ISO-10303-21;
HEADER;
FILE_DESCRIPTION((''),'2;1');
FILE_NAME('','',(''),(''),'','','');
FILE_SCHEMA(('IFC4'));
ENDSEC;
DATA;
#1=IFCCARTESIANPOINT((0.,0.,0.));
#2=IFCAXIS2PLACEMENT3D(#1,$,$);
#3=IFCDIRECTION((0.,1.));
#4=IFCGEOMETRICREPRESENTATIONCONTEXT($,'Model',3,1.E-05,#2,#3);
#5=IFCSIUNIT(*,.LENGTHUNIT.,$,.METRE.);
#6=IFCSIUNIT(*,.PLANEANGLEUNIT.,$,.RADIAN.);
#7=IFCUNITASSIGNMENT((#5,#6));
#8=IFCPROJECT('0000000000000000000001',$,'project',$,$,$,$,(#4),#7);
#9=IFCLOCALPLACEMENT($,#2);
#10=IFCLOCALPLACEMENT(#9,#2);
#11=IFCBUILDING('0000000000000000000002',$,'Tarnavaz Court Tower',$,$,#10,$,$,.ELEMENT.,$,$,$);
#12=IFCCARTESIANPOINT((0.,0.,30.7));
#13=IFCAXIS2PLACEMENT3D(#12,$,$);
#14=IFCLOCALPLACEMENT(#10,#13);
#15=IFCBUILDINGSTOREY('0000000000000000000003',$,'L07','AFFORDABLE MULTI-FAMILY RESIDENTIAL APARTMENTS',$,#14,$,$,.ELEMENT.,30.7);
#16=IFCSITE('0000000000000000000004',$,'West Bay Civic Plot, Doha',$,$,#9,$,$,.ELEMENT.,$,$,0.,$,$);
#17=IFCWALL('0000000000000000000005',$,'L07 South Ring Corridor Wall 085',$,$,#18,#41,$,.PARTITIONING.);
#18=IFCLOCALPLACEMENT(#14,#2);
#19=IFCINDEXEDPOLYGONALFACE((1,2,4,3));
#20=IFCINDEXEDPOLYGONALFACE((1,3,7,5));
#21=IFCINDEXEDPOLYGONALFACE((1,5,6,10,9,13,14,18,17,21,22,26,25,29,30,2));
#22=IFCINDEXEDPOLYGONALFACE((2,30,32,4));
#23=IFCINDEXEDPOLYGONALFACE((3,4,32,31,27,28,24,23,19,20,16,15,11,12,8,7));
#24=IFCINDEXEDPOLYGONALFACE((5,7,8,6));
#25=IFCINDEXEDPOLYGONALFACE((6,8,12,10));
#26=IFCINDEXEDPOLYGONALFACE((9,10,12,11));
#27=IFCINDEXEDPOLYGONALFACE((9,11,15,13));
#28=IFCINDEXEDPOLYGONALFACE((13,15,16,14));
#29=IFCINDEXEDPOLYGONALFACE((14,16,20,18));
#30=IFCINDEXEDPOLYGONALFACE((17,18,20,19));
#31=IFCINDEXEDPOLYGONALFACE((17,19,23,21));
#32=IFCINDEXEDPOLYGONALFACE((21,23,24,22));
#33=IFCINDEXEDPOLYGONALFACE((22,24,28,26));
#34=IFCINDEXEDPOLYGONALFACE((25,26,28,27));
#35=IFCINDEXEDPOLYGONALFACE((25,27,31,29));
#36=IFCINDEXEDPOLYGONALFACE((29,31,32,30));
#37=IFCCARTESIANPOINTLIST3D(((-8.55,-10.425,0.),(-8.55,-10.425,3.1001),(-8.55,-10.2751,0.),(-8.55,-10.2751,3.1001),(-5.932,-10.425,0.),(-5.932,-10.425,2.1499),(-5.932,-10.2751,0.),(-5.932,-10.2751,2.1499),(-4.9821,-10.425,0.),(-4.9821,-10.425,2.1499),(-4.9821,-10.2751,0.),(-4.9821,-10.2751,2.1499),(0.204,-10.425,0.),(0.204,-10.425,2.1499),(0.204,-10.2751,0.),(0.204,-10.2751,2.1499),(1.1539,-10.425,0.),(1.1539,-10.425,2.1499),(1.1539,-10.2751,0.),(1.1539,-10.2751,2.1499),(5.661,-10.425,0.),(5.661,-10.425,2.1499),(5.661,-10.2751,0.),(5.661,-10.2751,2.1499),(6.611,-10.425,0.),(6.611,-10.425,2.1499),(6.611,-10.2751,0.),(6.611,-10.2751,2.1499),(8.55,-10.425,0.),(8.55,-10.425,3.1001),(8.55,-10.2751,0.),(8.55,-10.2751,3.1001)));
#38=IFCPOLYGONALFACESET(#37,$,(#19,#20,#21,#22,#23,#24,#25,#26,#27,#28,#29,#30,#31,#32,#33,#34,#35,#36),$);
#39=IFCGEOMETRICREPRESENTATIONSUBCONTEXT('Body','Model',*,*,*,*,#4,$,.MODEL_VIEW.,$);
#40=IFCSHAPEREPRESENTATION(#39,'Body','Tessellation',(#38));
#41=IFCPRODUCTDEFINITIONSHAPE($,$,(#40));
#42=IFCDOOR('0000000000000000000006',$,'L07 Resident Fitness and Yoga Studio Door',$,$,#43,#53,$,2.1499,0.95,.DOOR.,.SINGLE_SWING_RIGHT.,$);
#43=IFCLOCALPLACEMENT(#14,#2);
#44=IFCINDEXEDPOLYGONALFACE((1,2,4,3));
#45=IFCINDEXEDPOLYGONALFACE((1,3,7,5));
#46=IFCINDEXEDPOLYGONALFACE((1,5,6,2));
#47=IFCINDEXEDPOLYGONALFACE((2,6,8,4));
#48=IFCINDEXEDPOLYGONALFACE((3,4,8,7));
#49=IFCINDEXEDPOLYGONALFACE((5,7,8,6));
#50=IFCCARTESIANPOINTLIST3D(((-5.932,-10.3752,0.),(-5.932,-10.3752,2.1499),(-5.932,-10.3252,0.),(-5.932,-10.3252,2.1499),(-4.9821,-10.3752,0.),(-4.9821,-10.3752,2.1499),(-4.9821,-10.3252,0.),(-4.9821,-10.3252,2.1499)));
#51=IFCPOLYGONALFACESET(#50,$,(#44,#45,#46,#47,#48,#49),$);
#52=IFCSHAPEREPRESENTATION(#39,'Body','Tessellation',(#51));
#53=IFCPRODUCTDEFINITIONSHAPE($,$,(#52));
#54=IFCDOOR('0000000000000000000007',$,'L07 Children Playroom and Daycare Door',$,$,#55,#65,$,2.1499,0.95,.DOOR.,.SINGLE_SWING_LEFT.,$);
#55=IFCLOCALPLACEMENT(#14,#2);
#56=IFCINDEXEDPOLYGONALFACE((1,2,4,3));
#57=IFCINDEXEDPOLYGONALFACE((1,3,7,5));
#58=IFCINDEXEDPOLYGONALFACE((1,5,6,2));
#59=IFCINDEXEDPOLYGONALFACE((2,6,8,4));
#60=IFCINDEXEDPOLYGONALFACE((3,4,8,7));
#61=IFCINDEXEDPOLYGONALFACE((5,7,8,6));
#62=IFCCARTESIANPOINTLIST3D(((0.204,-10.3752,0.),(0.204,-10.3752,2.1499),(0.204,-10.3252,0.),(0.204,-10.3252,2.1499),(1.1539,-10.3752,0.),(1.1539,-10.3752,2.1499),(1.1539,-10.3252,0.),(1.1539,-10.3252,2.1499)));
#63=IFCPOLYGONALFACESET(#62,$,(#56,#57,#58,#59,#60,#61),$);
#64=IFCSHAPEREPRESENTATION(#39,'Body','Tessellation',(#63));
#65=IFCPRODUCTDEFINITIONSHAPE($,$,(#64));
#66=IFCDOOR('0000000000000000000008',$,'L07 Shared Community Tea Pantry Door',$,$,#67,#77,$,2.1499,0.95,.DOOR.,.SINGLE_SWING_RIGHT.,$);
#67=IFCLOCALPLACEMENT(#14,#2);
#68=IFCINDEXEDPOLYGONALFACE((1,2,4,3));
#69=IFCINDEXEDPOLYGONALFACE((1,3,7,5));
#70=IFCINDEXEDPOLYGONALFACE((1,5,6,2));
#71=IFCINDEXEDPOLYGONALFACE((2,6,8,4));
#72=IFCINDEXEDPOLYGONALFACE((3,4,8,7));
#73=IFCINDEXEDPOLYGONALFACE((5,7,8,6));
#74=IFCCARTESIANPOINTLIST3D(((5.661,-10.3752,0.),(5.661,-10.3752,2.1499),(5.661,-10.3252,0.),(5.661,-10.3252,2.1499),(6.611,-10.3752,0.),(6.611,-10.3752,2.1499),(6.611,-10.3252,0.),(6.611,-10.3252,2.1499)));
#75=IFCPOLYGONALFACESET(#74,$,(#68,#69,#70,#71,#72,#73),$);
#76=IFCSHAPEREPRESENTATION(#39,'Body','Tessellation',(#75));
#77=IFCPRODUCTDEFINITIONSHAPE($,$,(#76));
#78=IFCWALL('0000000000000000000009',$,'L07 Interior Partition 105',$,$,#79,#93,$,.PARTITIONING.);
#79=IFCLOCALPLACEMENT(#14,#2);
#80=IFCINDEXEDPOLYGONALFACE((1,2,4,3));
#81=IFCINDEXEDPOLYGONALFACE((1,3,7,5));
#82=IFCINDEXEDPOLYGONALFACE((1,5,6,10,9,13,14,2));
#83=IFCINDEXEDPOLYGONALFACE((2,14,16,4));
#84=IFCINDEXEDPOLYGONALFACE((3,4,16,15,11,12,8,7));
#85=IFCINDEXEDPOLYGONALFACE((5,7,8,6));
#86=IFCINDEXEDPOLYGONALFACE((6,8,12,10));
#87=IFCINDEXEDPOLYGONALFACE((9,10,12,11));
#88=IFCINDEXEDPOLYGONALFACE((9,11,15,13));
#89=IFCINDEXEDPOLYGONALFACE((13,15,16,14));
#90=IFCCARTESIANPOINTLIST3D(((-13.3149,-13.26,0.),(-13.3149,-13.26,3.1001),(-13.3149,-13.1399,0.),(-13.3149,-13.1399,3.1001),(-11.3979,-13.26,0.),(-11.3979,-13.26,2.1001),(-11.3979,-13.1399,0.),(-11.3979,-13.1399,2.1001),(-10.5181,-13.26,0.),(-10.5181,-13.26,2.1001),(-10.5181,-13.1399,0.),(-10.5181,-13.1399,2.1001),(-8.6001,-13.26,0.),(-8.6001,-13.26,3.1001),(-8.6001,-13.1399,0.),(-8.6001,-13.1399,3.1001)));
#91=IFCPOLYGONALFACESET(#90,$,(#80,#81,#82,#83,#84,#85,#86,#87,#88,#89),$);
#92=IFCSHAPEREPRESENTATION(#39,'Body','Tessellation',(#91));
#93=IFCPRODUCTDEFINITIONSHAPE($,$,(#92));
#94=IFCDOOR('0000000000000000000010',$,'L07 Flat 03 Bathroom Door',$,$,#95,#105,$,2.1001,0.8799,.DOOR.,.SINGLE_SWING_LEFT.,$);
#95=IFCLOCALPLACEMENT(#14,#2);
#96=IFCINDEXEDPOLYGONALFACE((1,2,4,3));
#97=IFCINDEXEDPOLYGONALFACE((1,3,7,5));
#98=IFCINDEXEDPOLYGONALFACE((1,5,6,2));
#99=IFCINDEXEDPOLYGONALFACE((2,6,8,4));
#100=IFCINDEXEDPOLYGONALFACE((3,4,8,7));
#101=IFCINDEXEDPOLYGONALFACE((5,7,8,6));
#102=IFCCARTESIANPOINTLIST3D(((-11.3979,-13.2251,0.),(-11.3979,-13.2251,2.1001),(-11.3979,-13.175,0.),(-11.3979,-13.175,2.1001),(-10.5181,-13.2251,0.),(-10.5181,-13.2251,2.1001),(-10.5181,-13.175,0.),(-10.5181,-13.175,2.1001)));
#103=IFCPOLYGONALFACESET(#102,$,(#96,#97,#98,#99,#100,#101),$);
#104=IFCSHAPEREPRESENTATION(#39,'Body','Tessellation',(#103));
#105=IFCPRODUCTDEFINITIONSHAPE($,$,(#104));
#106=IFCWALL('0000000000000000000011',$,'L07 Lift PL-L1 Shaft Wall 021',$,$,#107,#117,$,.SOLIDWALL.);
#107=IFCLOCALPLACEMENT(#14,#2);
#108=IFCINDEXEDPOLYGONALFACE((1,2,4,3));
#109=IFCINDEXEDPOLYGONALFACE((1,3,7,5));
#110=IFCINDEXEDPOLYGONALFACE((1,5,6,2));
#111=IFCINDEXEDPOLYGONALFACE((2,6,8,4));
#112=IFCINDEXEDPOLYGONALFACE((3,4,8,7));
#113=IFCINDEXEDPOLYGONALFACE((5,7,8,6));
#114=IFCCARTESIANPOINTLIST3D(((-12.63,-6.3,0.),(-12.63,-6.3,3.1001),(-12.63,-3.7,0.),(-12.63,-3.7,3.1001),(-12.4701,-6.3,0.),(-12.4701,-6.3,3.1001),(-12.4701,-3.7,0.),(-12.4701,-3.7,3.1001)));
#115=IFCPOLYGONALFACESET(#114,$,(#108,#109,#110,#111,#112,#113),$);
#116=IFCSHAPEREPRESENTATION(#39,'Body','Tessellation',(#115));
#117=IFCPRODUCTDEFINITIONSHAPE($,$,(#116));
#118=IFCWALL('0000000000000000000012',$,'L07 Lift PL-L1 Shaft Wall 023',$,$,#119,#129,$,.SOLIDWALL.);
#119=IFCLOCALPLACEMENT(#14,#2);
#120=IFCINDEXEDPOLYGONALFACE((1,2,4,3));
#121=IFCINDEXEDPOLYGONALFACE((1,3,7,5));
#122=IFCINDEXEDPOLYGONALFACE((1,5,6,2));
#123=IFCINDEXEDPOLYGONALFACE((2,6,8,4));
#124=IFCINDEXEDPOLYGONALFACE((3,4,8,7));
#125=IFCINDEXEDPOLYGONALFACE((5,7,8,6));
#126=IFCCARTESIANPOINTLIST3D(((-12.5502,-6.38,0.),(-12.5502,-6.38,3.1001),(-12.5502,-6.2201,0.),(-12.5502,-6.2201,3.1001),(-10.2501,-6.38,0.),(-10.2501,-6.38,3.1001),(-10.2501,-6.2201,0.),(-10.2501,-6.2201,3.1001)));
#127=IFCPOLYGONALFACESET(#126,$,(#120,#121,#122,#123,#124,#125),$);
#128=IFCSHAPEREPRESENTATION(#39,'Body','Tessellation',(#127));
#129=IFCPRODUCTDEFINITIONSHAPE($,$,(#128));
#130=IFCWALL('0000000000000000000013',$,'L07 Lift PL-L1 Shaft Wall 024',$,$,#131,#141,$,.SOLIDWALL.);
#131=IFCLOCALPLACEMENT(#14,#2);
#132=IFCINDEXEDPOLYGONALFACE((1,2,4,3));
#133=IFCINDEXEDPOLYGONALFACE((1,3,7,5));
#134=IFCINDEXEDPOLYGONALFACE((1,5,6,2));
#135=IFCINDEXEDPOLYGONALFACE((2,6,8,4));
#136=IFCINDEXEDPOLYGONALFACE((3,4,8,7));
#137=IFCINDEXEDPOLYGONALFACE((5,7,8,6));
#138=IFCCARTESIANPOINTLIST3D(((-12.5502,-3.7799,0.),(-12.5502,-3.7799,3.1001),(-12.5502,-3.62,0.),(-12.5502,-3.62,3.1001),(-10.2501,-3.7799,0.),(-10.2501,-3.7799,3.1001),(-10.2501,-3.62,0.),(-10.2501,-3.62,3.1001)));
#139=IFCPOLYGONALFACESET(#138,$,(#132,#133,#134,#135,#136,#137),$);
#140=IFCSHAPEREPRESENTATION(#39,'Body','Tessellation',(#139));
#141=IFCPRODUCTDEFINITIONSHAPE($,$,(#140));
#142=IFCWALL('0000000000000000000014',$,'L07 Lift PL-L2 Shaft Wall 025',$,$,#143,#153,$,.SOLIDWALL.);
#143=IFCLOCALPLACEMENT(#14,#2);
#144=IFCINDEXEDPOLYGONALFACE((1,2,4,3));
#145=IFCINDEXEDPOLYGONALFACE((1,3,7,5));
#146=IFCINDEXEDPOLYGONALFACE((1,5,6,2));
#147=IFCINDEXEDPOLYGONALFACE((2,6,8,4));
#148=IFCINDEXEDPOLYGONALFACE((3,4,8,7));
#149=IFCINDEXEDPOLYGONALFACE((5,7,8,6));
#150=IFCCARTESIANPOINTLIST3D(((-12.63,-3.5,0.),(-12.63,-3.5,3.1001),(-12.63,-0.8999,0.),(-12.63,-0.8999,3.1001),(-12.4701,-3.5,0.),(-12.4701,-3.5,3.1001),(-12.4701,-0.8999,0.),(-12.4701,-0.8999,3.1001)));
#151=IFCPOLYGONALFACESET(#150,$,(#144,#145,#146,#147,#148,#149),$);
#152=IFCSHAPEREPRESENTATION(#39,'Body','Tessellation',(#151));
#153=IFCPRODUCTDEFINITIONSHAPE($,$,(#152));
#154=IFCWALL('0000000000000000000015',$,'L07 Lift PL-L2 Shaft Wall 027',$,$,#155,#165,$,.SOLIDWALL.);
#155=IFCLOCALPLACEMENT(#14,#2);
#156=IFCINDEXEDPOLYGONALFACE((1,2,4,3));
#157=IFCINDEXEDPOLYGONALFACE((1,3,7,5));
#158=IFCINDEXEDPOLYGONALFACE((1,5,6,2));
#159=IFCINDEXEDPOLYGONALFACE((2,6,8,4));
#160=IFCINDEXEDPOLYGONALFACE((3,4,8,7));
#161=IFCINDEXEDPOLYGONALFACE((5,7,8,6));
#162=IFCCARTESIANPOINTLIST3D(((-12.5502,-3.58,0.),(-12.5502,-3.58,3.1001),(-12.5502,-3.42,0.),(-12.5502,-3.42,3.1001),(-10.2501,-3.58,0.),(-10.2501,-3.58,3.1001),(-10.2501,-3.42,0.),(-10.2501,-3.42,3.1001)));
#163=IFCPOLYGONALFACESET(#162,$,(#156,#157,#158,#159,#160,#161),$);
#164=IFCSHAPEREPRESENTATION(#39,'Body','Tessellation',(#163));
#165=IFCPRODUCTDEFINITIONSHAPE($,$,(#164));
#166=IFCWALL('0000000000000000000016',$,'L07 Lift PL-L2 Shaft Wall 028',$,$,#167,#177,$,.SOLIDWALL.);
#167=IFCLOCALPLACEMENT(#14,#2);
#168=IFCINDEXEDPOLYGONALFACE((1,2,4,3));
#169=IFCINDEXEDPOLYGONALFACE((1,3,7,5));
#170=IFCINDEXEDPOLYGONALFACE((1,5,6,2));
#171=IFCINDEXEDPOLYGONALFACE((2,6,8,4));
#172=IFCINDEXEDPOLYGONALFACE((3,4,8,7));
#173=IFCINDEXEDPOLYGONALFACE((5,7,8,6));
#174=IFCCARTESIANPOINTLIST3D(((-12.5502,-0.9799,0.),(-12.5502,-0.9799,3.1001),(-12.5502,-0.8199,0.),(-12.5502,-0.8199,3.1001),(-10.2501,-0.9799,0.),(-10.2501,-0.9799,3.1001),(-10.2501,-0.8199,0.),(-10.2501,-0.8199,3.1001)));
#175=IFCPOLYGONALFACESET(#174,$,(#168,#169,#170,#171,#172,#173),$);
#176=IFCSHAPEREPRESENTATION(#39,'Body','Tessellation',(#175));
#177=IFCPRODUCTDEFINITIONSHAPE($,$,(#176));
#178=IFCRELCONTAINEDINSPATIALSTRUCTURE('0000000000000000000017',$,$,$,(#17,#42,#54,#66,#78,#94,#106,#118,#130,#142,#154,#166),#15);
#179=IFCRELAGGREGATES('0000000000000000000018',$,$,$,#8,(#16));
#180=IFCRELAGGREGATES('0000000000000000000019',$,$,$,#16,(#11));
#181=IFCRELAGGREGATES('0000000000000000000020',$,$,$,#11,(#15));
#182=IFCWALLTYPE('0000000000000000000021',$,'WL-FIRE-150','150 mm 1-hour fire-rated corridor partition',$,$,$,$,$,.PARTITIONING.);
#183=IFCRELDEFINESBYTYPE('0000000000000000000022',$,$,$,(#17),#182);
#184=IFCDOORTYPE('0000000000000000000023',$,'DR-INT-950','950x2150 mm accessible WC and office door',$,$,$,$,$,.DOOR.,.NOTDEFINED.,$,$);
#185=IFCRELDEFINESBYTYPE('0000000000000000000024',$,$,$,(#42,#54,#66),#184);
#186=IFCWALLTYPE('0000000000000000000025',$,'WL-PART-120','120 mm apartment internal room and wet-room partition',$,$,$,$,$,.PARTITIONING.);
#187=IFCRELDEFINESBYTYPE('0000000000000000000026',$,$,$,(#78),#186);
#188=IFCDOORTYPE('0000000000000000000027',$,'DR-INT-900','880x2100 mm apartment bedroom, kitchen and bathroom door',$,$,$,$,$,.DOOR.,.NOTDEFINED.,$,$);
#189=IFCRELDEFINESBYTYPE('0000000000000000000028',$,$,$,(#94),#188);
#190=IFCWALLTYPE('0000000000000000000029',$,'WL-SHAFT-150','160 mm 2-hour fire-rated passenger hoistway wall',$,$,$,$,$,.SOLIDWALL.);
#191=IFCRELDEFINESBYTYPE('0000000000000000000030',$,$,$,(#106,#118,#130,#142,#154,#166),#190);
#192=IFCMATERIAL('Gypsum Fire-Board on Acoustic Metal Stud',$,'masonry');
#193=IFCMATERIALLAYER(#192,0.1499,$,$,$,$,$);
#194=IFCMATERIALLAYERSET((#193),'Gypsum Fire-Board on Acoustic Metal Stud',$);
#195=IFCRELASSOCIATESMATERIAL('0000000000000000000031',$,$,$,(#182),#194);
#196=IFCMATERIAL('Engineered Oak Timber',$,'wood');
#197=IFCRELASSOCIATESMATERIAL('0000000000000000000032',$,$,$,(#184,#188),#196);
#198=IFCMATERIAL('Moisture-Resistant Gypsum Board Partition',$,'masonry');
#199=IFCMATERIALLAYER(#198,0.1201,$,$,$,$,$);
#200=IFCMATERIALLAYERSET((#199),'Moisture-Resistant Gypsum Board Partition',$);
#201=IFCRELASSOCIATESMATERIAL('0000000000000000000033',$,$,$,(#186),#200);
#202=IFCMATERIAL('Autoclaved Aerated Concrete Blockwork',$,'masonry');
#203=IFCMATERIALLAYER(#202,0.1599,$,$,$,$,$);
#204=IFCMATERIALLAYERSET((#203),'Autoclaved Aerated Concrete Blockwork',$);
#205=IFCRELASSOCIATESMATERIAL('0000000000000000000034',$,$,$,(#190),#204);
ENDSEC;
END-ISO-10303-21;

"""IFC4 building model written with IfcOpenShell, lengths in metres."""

from ifc_helpers import new_model, si_unit, direction, frame, frame_2d, origin, place, context, subcontext, project, spatial, rectangle, extrude, material, layer, layer_set, type_object, element, fill, save


model = new_model("IFC4")

# Units and contexts
model_context = context("Model", 3, precision=1e-05, world=origin(), true_north=direction((0.0, 1.0)))
body_context = subcontext(model_context, "Body", "Model", "MODEL_VIEW")
ifc_project = project(units=[si_unit("LENGTHUNIT", "METRE"), si_unit("PLANEANGLEUNIT", "RADIAN")], contexts=[model_context])

# Site, building, storey
site_placement = place(None, origin())
site = spatial("IfcSite", under=ifc_project, at=site_placement, Name="West Bay Civic Plot, Doha", CompositionType="ELEMENT", RefElevation=0.0)
building_placement = place(site_placement, origin())
building = spatial("IfcBuilding", under=site, at=building_placement, Name="Tarnavaz Court Tower", CompositionType="ELEMENT")
storey_placement = place(building_placement, frame((0.0, 0.0, 30.7)))
storey = spatial("IfcBuildingStorey", under=building, at=storey_placement, Name="L07", Description="AFFORDABLE MULTI-FAMILY RESIDENTIAL APARTMENTS", CompositionType="ELEMENT", Elevation=30.7)

# Wall, openings, doors
ifc_material_1 = material(Name="Gypsum Fire-Board on Acoustic Metal Stud", Category="masonry")
ifc_layer_1 = layer(ifc_material_1, 0.1499)
ifc_layer_set_1 = layer_set([ifc_layer_1], Name="Gypsum Fire-Board on Acoustic Metal Stud")
wall_type_1 = type_object("IfcWallType", Name="WL-FIRE-150", Description="150 mm 1-hour fire-rated corridor partition", PredefinedType="PARTITIONING", material=ifc_layer_set_1)
wall_1_placement = place(storey_placement, frame((-8.55, -10.3501, 0.0), z_axis=(0.0, 0.0, 1.0), x_axis=(1.0, 0.0, 0.0)))
wall_1 = element("IfcWall", 1, at=wall_1_placement, inside=storey, type_object=wall_type_1, Name="L07 South Ring Corridor Wall 085", PredefinedType="PARTITIONING", context=body_context, shape_type="SweptSolid", body=[
    extrude(rectangle(XDim=17.1001, YDim=0.1499, at=frame_2d((8.55, 0.0))), origin(), (0.0, 0.0, 1.0), 3.1001),
])
opening_1_placement = place(wall_1_placement, frame((2.6179, 0.0, 0.0)))
opening_1 = element("IfcOpeningElement", 2, at=opening_1_placement, cuts=wall_1, PredefinedType="OPENING", context=body_context, shape_type="SweptSolid", body=[
    extrude(rectangle(XDim=0.95, YDim=2.1499, at=frame_2d((0.4751, 1.075))), frame((0.0, 0.085, 0.0), z_axis=(0.0, -1.0, 0.0), x_axis=(1.0, 0.0, 0.0)), (0.0, 0.0, 1.0), 0.1699),
])
opening_2_placement = place(wall_1_placement, frame((8.7539, 0.0, 0.0)))
opening_2 = element("IfcOpeningElement", 3, at=opening_2_placement, cuts=wall_1, PredefinedType="OPENING", context=body_context, shape_type="SweptSolid", body=[
    extrude(rectangle(XDim=0.95, YDim=2.1499, at=frame_2d((0.4751, 1.075))), frame((0.0, 0.085, 0.0), z_axis=(0.0, -1.0, 0.0), x_axis=(1.0, 0.0, 0.0)), (0.0, 0.0, 1.0), 0.1699),
])
opening_3_placement = place(wall_1_placement, frame((14.2109, 0.0, 0.0)))
opening_3 = element("IfcOpeningElement", 4, at=opening_3_placement, cuts=wall_1, PredefinedType="OPENING", context=body_context, shape_type="SweptSolid", body=[
    extrude(rectangle(XDim=0.95, YDim=2.1499, at=frame_2d((0.4751, 1.075))), frame((0.0, 0.085, 0.0), z_axis=(0.0, -1.0, 0.0), x_axis=(1.0, 0.0, 0.0)), (0.0, 0.0, 1.0), 0.1699),
])
ifc_material_2 = material(Name="Engineered Oak Timber", Category="wood")
door_type_1 = type_object("IfcDoorType", Name="DR-INT-950", Description="950x2150 mm accessible WC and office door", OperationType="NOTDEFINED", PredefinedType="DOOR", material=ifc_material_2)
door_1_placement = place(opening_1_placement, origin())
door_1 = element("IfcDoor", 5, at=door_1_placement, inside=storey, type_object=door_type_1, Name="L07 Resident Fitness and Yoga Studio Door", OperationType="SINGLE_SWING_RIGHT", OverallHeight=2.1499, OverallWidth=0.95, PredefinedType="DOOR", context=body_context, shape_type="SweptSolid", body=[
    extrude(rectangle(XDim=0.95, YDim=2.1499, at=frame_2d((0.4751, 1.075))), frame((0.0, 0.0249, 0.0), z_axis=(0.0, -1.0, 0.0), x_axis=(1.0, 0.0, 0.0)), (0.0, 0.0, 1.0), 0.05),
])
fill(opening_1, door_1)
door_2_placement = place(opening_2_placement, origin())
door_2 = element("IfcDoor", 6, at=door_2_placement, inside=storey, type_object=door_type_1, Name="L07 Children Playroom and Daycare Door", OperationType="SINGLE_SWING_LEFT", OverallHeight=2.1499, OverallWidth=0.95, PredefinedType="DOOR", context=body_context, shape_type="SweptSolid", body=[
    extrude(rectangle(XDim=0.95, YDim=2.1499, at=frame_2d((0.4751, 1.075))), frame((0.0, 0.0249, 0.0), z_axis=(0.0, -1.0, 0.0), x_axis=(1.0, 0.0, 0.0)), (0.0, 0.0, 1.0), 0.05),
])
fill(opening_2, door_2)
door_3_placement = place(opening_3_placement, origin())
door_3 = element("IfcDoor", 7, at=door_3_placement, inside=storey, type_object=door_type_1, Name="L07 Shared Community Tea Pantry Door", OperationType="SINGLE_SWING_RIGHT", OverallHeight=2.1499, OverallWidth=0.95, PredefinedType="DOOR", context=body_context, shape_type="SweptSolid", body=[
    extrude(rectangle(XDim=0.95, YDim=2.1499, at=frame_2d((0.4751, 1.075))), frame((0.0, 0.0249, 0.0), z_axis=(0.0, -1.0, 0.0), x_axis=(1.0, 0.0, 0.0)), (0.0, 0.0, 1.0), 0.05),
])
fill(opening_3, door_3)

# Wall, opening, door
ifc_material_3 = material(Name="Moisture-Resistant Gypsum Board Partition", Category="masonry")
ifc_layer_2 = layer(ifc_material_3, 0.1201)
ifc_layer_set_2 = layer_set([ifc_layer_2], Name="Moisture-Resistant Gypsum Board Partition")
wall_type_2 = type_object("IfcWallType", Name="WL-PART-120", Description="120 mm apartment internal room and wet-room partition", PredefinedType="PARTITIONING", material=ifc_layer_set_2)
wall_2_placement = place(storey_placement, frame((-13.3149, -13.2, 0.0), z_axis=(0.0, 0.0, 1.0), x_axis=(1.0, 0.0, 0.0)))
wall_2 = element("IfcWall", 8, at=wall_2_placement, inside=storey, type_object=wall_type_2, Name="L07 Interior Partition 105", PredefinedType="PARTITIONING", context=body_context, shape_type="SweptSolid", body=[
    extrude(rectangle(XDim=4.7148, YDim=0.1201, at=frame_2d((2.3574, 0.0))), origin(), (0.0, 0.0, 1.0), 3.1001),
])
opening_4_placement = place(wall_2_placement, frame((1.917, 0.0, 0.0)))
opening_4 = element("IfcOpeningElement", 9, at=opening_4_placement, cuts=wall_2, PredefinedType="OPENING", context=body_context, shape_type="SweptSolid", body=[
    extrude(rectangle(XDim=0.8799, YDim=2.1001, at=frame_2d((0.4399, 1.05))), frame((0.0, 0.0701, 0.0), z_axis=(0.0, -1.0, 0.0), x_axis=(1.0, 0.0, 0.0)), (0.0, 0.0, 1.0), 0.1401),
])
door_type_2 = type_object("IfcDoorType", Name="DR-INT-900", Description="880x2100 mm apartment bedroom, kitchen and bathroom door", OperationType="NOTDEFINED", PredefinedType="DOOR", material=ifc_material_2)
door_4_placement = place(opening_4_placement, origin())
door_4 = element("IfcDoor", 10, at=door_4_placement, inside=storey, type_object=door_type_2, Name="L07 Flat 03 Bathroom Door", OperationType="SINGLE_SWING_LEFT", OverallHeight=2.1001, OverallWidth=0.8799, PredefinedType="DOOR", context=body_context, shape_type="SweptSolid", body=[
    extrude(rectangle(XDim=0.8799, YDim=2.1001, at=frame_2d((0.4399, 1.05))), frame((0.0, 0.0249, 0.0), z_axis=(0.0, -1.0, 0.0), x_axis=(1.0, 0.0, 0.0)), (0.0, 0.0, 1.0), 0.05),
])
fill(opening_4, door_4)

# Wall
ifc_material_4 = material(Name="Autoclaved Aerated Concrete Blockwork", Category="masonry")
ifc_layer_3 = layer(ifc_material_4, 0.1599)
ifc_layer_set_3 = layer_set([ifc_layer_3], Name="Autoclaved Aerated Concrete Blockwork")
wall_type_3 = type_object("IfcWallType", Name="WL-SHAFT-150", Description="160 mm 2-hour fire-rated passenger hoistway wall", PredefinedType="SOLIDWALL", material=ifc_layer_set_3)
wall_3_placement = place(storey_placement, frame((-12.55, -6.3, 0.0), z_axis=(0.0, 0.0, 1.0), x_axis=(0.0, 1.0, 0.0)))
element("IfcWall", 11, at=wall_3_placement, inside=storey, type_object=wall_type_3, Name="L07 Lift PL-L1 Shaft Wall 021", PredefinedType="SOLIDWALL", context=body_context, shape_type="SweptSolid", body=[
    extrude(rectangle(XDim=2.6001, YDim=0.1599, at=frame_2d((1.3, 0.0))), origin(), (0.0, 0.0, 1.0), 3.1001),
])

# Walls
for number, where, z_axis, x_axis, name in (
    (12, (-12.55, -6.3, 0.0), (0.0, 0.0, 1.0), (1.0, 0.0, 0.0), "L07 Lift PL-L1 Shaft Wall 023"),
    (13, (-12.55, -3.7, 0.0), (0.0, 0.0, 1.0), (1.0, 0.0, 0.0), "L07 Lift PL-L1 Shaft Wall 024"),
):
    element("IfcWall", number, at=place(storey_placement, frame(where, z_axis=z_axis, x_axis=x_axis)), inside=storey, type_object=wall_type_3, Name=name, PredefinedType="SOLIDWALL", context=body_context, shape_type="SweptSolid", body=[
        extrude(rectangle(XDim=2.3, YDim=0.1599, at=frame_2d((1.1499, 0.0))), origin(), (0.0, 0.0, 1.0), 3.1001),
    ])
wall_4_placement = place(storey_placement, frame((-12.55, -3.5, 0.0), z_axis=(0.0, 0.0, 1.0), x_axis=(0.0, 1.0, 0.0)))
element("IfcWall", 14, at=wall_4_placement, inside=storey, type_object=wall_type_3, Name="L07 Lift PL-L2 Shaft Wall 025", PredefinedType="SOLIDWALL", context=body_context, shape_type="SweptSolid", body=[
    extrude(rectangle(XDim=2.6001, YDim=0.1599, at=frame_2d((1.3, 0.0))), origin(), (0.0, 0.0, 1.0), 3.1001),
])

# Walls
for number, where, z_axis, x_axis, name in (
    (15, (-12.55, -3.5, 0.0), (0.0, 0.0, 1.0), (1.0, 0.0, 0.0), "L07 Lift PL-L2 Shaft Wall 027"),
    (16, (-12.55, -0.8999, 0.0), (0.0, 0.0, 1.0), (1.0, 0.0, 0.0), "L07 Lift PL-L2 Shaft Wall 028"),
):
    element("IfcWall", number, at=place(storey_placement, frame(where, z_axis=z_axis, x_axis=x_axis)), inside=storey, type_object=wall_type_3, Name=name, PredefinedType="SOLIDWALL", context=body_context, shape_type="SweptSolid", body=[
        extrude(rectangle(XDim=2.3, YDim=0.1599, at=frame_2d((1.1499, 0.0))), origin(), (0.0, 0.0, 1.0), 3.1001),
    ])

save(model, "model.ifc")
